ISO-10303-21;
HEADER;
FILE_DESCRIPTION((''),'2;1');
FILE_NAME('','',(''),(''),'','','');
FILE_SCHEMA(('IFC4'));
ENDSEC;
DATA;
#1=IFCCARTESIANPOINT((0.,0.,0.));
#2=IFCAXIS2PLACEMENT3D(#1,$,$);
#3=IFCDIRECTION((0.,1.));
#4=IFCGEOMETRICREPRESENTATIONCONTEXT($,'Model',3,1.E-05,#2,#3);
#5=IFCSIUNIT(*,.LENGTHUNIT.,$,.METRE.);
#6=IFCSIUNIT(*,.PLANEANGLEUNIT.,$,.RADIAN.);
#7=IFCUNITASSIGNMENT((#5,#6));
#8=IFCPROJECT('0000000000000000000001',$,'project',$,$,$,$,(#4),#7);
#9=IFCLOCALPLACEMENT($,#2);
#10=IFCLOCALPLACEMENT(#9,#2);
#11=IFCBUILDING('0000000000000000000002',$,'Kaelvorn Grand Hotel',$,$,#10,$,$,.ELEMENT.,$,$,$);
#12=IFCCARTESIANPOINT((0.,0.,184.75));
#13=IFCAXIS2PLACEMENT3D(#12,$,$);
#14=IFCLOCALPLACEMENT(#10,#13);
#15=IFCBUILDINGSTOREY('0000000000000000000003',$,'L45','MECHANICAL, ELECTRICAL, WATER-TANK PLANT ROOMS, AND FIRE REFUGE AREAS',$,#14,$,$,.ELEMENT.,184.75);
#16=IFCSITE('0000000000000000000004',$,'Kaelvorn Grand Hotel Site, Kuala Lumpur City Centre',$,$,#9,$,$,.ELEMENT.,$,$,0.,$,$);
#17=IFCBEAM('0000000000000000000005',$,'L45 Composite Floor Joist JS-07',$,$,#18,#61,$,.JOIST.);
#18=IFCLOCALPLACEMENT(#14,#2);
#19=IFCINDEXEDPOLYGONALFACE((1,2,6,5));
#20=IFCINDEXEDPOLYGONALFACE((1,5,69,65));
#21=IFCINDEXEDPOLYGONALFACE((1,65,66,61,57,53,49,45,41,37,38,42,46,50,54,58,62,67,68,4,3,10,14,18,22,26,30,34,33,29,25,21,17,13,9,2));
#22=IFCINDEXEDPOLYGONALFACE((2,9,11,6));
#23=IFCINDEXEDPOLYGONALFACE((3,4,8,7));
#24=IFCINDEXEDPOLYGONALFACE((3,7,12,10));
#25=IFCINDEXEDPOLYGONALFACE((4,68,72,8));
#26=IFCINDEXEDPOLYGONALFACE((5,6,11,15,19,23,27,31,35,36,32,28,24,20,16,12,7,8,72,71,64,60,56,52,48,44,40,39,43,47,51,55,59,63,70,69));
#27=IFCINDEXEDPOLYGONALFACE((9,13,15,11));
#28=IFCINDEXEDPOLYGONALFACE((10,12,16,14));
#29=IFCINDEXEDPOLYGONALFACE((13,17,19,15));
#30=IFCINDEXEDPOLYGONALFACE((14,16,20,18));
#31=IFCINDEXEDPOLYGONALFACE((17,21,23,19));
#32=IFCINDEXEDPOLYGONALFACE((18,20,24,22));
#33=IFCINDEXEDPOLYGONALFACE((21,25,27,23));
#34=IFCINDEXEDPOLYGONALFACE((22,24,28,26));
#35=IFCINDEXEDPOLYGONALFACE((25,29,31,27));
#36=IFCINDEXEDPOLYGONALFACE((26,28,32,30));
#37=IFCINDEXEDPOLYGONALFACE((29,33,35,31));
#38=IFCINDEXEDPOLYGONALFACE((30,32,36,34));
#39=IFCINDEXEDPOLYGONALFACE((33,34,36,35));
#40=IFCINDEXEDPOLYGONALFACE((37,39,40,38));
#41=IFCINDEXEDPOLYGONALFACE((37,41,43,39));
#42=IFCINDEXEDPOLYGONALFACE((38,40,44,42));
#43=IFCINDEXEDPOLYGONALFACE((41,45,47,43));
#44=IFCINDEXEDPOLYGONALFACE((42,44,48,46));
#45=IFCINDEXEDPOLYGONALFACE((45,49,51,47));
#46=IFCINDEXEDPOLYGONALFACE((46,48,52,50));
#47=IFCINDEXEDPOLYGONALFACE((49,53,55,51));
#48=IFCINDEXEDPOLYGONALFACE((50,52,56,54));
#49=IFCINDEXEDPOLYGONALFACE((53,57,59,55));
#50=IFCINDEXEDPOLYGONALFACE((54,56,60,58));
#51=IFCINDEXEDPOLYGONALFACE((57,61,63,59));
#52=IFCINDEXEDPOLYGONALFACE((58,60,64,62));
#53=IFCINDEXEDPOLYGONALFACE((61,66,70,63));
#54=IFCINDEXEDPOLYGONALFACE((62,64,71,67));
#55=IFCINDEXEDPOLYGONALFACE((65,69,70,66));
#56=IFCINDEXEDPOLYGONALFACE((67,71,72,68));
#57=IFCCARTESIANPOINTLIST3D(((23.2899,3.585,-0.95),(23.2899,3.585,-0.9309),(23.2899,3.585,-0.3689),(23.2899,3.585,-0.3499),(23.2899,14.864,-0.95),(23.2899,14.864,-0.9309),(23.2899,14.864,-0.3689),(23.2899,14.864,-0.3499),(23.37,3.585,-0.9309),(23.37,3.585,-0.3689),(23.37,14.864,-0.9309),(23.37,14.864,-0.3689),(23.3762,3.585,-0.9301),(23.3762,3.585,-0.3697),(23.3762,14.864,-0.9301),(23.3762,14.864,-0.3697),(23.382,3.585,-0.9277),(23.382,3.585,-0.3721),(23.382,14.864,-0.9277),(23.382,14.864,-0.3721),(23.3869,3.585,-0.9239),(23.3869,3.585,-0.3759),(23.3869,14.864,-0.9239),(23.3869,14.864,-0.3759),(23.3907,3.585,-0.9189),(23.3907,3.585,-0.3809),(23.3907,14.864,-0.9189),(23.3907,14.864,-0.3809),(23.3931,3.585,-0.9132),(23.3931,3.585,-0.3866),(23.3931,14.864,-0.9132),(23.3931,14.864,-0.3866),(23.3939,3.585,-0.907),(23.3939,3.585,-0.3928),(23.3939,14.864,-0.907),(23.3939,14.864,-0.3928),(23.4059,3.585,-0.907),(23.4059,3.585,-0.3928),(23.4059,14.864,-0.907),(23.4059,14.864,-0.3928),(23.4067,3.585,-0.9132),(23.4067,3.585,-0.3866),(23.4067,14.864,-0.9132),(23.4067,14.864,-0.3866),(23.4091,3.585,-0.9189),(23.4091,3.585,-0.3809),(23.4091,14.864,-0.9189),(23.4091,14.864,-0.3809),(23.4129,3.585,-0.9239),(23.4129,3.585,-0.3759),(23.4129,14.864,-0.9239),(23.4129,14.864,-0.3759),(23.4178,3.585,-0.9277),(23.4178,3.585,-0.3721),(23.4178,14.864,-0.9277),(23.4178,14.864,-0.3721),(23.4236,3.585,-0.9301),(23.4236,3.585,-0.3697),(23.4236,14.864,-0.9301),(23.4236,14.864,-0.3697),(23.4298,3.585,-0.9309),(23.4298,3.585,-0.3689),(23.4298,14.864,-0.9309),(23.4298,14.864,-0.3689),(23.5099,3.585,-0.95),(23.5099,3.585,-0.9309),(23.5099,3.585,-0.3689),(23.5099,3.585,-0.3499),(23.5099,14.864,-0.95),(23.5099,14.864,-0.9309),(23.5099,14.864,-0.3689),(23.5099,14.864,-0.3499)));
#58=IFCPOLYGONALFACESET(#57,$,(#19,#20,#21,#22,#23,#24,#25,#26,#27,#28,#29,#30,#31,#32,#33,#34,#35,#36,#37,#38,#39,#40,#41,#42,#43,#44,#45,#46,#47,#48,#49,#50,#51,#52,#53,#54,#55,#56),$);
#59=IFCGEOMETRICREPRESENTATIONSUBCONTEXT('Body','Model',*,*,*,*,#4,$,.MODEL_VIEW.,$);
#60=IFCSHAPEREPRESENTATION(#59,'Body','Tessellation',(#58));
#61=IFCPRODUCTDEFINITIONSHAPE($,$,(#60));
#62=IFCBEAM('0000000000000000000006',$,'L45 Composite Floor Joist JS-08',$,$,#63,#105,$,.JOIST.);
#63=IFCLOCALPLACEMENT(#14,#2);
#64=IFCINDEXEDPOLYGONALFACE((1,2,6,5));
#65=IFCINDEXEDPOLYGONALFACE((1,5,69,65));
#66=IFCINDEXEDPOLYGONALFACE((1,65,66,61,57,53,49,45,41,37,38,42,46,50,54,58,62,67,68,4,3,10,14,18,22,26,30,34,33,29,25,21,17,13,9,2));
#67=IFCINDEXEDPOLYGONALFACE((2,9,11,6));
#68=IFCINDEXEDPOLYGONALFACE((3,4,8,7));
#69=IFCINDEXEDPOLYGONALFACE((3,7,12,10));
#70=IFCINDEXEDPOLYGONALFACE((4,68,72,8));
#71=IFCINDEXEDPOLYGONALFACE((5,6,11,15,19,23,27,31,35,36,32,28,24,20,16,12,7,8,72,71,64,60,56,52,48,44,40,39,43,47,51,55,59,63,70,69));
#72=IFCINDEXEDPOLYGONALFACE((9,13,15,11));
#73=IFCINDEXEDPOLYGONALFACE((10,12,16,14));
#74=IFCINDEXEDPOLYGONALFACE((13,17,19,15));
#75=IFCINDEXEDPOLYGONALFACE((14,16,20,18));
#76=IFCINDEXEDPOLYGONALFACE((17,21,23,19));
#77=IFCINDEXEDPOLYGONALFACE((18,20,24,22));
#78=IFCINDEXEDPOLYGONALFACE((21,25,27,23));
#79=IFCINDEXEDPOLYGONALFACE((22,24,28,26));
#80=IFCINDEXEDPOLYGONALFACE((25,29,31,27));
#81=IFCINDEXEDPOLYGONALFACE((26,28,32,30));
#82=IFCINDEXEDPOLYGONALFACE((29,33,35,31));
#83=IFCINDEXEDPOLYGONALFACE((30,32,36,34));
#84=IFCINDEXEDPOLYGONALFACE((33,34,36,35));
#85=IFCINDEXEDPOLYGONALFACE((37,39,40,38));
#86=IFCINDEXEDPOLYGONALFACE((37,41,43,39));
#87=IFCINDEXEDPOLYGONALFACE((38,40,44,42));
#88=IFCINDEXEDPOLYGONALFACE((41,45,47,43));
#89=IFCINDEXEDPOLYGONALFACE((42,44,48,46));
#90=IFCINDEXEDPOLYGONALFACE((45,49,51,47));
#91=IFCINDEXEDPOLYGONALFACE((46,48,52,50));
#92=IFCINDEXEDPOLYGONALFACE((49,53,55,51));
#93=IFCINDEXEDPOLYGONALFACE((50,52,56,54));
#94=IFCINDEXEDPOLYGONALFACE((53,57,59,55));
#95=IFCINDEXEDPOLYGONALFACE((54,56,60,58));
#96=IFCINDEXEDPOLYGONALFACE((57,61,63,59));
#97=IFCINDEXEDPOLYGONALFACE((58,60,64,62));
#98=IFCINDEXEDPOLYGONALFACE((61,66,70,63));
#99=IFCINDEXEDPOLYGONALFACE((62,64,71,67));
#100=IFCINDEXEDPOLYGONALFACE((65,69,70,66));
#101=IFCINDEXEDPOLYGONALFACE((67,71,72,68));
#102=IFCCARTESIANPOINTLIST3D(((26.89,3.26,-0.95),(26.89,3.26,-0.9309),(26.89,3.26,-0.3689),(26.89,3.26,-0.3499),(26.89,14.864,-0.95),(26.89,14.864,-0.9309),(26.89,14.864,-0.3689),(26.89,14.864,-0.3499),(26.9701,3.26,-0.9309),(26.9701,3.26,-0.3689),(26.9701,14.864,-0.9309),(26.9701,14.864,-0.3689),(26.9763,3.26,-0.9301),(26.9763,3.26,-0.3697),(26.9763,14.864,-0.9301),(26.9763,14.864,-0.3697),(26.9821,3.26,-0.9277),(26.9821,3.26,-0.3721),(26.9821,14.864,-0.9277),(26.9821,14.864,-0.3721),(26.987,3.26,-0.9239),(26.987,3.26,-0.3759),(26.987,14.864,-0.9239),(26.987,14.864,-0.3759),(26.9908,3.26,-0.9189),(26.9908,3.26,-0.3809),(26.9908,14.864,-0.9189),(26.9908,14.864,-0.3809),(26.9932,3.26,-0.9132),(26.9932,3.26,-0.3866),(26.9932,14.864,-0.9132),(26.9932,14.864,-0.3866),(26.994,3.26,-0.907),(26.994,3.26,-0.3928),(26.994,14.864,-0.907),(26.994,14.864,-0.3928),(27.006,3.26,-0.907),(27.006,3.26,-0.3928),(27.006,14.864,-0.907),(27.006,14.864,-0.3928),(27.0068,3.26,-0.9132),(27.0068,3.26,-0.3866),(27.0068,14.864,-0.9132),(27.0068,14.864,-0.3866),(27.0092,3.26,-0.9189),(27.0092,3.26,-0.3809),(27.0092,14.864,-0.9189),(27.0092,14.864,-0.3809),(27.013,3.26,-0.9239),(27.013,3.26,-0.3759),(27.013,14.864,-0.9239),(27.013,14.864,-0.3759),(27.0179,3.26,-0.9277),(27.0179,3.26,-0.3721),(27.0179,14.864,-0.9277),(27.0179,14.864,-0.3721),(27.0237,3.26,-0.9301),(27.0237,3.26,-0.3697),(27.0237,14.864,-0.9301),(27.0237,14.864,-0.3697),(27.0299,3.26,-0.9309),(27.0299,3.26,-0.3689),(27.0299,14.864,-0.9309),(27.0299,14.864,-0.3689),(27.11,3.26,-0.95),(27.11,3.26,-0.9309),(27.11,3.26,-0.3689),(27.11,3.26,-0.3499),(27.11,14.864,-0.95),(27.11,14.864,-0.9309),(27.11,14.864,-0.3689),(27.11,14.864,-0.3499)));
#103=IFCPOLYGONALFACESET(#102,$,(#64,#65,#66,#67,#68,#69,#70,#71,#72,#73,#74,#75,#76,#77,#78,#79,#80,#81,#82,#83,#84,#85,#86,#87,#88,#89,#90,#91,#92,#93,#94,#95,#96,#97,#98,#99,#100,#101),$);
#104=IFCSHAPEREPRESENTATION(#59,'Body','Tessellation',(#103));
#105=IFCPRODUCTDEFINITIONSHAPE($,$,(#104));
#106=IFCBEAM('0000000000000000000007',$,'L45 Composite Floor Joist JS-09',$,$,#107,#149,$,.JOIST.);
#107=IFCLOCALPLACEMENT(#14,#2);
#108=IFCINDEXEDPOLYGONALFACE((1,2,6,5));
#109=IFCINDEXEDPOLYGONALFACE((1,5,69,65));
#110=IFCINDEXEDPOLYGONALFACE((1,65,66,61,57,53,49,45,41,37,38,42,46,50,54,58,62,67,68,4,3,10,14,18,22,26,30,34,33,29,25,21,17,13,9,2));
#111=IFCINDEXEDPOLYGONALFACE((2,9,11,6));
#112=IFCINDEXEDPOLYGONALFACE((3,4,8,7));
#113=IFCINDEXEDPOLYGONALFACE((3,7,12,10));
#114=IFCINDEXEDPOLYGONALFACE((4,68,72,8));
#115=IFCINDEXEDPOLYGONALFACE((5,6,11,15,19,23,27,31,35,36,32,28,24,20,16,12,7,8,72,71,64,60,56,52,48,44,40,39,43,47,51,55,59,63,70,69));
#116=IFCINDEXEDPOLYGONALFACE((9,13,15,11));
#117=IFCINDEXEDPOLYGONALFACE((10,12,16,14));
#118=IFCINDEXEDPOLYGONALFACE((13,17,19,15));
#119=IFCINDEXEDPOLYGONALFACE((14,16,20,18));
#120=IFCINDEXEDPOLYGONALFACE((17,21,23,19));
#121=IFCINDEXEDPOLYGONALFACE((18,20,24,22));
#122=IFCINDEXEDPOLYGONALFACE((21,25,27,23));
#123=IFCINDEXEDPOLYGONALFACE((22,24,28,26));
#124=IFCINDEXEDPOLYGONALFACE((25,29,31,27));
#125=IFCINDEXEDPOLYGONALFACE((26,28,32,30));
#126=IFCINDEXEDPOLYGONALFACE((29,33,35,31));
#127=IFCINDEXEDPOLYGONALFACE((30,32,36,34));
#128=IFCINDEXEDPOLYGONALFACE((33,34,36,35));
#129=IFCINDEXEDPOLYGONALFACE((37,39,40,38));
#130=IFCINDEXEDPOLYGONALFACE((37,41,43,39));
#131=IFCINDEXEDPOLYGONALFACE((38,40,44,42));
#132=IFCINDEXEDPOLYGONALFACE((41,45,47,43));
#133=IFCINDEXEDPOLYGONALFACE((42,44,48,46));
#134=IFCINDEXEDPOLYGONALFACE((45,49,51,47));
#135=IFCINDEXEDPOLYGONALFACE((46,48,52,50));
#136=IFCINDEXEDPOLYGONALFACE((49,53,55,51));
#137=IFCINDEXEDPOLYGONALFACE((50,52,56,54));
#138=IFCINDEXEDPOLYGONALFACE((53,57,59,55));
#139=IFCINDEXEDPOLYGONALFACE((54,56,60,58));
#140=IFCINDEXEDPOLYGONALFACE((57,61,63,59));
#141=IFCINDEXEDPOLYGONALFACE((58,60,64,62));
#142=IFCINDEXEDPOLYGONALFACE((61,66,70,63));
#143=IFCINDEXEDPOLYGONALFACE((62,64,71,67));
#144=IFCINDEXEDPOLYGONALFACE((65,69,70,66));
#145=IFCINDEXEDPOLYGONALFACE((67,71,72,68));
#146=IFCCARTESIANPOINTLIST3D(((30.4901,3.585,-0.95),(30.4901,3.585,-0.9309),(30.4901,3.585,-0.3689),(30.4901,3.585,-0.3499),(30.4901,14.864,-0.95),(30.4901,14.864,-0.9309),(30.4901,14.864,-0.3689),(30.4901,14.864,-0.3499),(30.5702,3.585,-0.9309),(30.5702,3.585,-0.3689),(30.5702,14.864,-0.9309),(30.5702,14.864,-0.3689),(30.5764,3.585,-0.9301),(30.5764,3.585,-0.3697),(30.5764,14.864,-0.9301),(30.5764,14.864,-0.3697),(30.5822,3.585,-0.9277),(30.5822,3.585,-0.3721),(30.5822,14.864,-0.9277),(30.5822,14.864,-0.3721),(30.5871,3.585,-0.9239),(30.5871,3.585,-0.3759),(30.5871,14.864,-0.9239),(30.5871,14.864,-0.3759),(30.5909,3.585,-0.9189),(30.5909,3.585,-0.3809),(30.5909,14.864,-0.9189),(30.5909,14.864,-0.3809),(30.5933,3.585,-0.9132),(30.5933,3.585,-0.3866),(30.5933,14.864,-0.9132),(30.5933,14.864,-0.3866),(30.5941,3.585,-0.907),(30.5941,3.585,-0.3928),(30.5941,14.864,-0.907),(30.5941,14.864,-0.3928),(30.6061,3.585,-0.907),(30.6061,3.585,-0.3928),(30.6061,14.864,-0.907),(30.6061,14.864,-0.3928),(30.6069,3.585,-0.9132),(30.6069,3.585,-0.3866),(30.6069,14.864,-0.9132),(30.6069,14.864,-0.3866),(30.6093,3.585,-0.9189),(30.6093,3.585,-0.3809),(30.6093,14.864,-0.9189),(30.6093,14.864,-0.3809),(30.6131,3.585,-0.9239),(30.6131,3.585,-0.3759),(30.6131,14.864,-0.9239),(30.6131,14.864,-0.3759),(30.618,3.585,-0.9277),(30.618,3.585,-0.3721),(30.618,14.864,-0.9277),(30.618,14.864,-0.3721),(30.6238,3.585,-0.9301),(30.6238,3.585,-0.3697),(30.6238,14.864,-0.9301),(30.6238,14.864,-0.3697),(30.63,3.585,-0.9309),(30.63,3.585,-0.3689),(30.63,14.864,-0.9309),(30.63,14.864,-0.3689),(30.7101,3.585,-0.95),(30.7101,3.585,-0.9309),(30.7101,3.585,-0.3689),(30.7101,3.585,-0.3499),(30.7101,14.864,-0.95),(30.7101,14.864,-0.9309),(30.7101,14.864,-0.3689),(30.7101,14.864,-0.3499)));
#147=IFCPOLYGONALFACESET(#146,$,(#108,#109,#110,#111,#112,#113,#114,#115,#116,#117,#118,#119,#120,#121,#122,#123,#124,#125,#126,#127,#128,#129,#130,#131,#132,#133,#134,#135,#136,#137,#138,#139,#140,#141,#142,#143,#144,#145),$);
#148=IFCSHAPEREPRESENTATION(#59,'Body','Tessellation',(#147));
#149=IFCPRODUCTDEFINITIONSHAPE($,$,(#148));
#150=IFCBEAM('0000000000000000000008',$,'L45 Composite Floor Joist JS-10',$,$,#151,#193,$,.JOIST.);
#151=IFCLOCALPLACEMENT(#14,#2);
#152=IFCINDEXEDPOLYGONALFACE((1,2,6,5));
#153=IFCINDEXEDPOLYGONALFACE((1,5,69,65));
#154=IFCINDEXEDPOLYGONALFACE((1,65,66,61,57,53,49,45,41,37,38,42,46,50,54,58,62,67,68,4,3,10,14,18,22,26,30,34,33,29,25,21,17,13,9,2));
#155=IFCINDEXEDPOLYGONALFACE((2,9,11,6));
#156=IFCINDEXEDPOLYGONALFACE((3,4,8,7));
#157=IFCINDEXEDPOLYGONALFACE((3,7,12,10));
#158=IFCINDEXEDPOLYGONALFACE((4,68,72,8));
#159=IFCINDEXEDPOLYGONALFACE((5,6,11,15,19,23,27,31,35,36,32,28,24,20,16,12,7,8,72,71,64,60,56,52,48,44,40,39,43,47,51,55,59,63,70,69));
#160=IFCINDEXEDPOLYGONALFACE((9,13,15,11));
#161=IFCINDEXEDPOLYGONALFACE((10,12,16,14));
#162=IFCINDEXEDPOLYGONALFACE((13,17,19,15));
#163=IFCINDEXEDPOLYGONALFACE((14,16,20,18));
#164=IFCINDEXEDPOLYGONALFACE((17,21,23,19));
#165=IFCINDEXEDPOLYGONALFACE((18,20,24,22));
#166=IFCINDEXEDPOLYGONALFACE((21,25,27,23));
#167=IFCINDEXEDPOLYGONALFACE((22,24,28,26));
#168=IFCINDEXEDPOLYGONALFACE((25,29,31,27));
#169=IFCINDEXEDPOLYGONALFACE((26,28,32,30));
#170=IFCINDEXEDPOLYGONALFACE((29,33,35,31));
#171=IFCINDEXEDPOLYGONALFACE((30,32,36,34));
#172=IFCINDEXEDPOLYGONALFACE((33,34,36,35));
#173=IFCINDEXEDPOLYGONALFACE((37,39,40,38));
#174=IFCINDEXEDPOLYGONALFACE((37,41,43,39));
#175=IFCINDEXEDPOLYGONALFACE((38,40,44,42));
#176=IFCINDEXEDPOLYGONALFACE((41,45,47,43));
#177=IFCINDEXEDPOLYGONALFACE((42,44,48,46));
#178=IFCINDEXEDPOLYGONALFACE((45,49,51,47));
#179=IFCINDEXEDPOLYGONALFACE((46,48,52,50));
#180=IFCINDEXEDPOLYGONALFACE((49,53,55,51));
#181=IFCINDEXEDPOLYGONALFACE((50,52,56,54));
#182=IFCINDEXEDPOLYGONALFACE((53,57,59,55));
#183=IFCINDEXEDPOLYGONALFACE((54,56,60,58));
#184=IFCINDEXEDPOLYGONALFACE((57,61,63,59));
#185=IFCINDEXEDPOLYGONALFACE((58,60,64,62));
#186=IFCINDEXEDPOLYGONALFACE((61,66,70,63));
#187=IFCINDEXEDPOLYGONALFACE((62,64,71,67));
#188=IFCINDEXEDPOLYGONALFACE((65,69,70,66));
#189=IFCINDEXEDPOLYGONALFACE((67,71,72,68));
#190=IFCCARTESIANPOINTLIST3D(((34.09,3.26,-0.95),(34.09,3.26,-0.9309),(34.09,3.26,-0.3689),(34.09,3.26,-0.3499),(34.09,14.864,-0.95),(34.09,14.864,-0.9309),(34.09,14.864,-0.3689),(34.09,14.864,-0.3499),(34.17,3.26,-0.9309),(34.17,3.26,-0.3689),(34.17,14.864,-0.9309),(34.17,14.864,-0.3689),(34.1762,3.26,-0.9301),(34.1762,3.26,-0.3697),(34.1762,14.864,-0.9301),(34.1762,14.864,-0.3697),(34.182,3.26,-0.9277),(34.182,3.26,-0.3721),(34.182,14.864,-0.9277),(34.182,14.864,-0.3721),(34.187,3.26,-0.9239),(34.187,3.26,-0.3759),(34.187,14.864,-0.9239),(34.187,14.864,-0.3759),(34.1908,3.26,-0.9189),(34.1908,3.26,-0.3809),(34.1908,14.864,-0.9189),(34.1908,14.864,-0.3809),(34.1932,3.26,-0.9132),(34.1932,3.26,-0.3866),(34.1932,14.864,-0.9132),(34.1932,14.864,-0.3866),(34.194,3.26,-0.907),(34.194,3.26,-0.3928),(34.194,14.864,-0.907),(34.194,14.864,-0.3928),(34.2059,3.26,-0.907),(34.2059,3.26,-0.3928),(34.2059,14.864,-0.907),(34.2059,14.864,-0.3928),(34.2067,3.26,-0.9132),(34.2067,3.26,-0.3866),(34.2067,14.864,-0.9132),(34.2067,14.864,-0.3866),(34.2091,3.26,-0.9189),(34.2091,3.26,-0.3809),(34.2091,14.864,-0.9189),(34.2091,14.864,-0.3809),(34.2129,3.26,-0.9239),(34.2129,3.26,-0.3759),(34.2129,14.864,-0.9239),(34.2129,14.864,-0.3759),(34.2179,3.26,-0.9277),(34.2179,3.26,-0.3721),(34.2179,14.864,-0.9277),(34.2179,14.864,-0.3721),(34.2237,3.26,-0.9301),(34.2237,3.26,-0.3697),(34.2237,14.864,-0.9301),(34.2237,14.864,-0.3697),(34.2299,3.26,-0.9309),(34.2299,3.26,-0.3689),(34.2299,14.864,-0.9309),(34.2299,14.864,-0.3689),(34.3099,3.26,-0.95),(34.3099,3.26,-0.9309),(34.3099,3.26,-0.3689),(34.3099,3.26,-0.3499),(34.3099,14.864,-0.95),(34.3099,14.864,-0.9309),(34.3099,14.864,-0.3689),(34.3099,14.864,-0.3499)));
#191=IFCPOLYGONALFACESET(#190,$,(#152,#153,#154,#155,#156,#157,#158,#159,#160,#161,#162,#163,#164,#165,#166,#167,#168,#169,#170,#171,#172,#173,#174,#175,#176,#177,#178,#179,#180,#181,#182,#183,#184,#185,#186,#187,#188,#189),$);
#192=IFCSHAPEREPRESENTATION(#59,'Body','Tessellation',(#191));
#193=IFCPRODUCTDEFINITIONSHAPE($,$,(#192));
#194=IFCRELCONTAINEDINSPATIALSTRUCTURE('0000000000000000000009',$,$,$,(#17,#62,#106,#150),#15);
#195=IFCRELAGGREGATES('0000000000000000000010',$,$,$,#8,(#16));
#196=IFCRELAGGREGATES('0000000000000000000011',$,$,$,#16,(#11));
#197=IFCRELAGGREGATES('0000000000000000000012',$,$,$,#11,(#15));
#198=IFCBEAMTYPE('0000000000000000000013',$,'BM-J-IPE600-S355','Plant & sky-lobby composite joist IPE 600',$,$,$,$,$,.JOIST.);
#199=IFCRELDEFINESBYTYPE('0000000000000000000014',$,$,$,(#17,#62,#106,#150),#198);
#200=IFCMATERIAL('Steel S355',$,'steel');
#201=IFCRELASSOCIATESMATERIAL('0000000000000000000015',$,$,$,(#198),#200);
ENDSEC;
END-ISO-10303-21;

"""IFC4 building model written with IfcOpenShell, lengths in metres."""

from ifc_helpers import new_model, si_unit, direction, frame, origin, origin_2d, place, context, subcontext, project, spatial, i_section, extrude, material, material_profile, profile_set, type_object, element, save


model = new_model("IFC4")

# Units and contexts
model_context = context("Model", 3, precision=1e-05, world=origin(), true_north=direction((0.0, 1.0)))
body_context = subcontext(model_context, "Body", "Model", "MODEL_VIEW")
ifc_project = project(units=[si_unit("LENGTHUNIT", "METRE"), si_unit("PLANEANGLEUNIT", "RADIAN")], contexts=[model_context])

# Site, building, storey
site_placement = place(None, origin())
site = spatial("IfcSite", under=ifc_project, at=site_placement, Name="Kaelvorn Grand Hotel Site, Kuala Lumpur City Centre", CompositionType="ELEMENT", RefElevation=0.0)
building_placement = place(site_placement, origin())
building = spatial("IfcBuilding", under=site, at=building_placement, Name="Kaelvorn Grand Hotel", CompositionType="ELEMENT")
storey_placement = place(building_placement, frame((0.0, 0.0, 184.75)))
storey = spatial("IfcBuildingStorey", under=building, at=storey_placement, Name="L45", Description="MECHANICAL, ELECTRICAL, WATER-TANK PLANT ROOMS, AND FIRE REFUGE AREAS", CompositionType="ELEMENT", Elevation=184.75)

# Beams
ifc_material_1 = material(Name="Steel S355", Category="steel")
ifc_material_profile_1 = material_profile(ifc_material_1, i_section(OverallWidth=0.22, OverallDepth=0.6001, WebThickness=0.012, FlangeThickness=0.019, FilletRadius=0.0239, at=origin_2d()), Name="IPE 600")
ifc_profile_set_1 = profile_set([ifc_material_profile_1], Name="Steel S355")
beam_type_1 = type_object("IfcBeamType", Name="BM-J-IPE600-S355", Description="Plant & sky-lobby composite joist IPE 600", PredefinedType="JOIST", material=ifc_profile_set_1)
beam_1_placement = place(storey_placement, frame((23.3999, 3.585, -0.6499), z_axis=(0.0, 1.0, 0.0), x_axis=(-1.0, 0.0, 0.0)))
element("IfcBeam", 1, at=beam_1_placement, inside=storey, type_object=beam_type_1, Name="L45 Composite Floor Joist JS-07", PredefinedType="JOIST", context=body_context, shape_type="SweptSolid", body=[
    extrude(i_section(OverallWidth=0.22, OverallDepth=0.6001, WebThickness=0.012, FlangeThickness=0.019, FilletRadius=0.0239, at=origin_2d()), origin(), (0.0, 0.0, 1.0), 11.2791),
])
beam_2_placement = place(storey_placement, frame((27.0, 3.26, -0.6499), z_axis=(0.0, 1.0, 0.0), x_axis=(-1.0, 0.0, 0.0)))
element("IfcBeam", 2, at=beam_2_placement, inside=storey, type_object=beam_type_1, Name="L45 Composite Floor Joist JS-08", PredefinedType="JOIST", context=body_context, shape_type="SweptSolid", body=[
    extrude(i_section(OverallWidth=0.22, OverallDepth=0.6001, WebThickness=0.012, FlangeThickness=0.019, FilletRadius=0.0239, at=origin_2d()), origin(), (0.0, 0.0, 1.0), 11.604),
])
beam_3_placement = place(storey_placement, frame((30.6001, 3.585, -0.6499), z_axis=(0.0, 1.0, 0.0), x_axis=(-1.0, 0.0, 0.0)))
element("IfcBeam", 3, at=beam_3_placement, inside=storey, type_object=beam_type_1, Name="L45 Composite Floor Joist JS-09", PredefinedType="JOIST", context=body_context, shape_type="SweptSolid", body=[
    extrude(i_section(OverallWidth=0.22, OverallDepth=0.6001, WebThickness=0.012, FlangeThickness=0.019, FilletRadius=0.0239, at=origin_2d()), origin(), (0.0, 0.0, 1.0), 11.2791),
])
beam_4_placement = place(storey_placement, frame((34.2, 3.26, -0.6499), z_axis=(0.0, 1.0, 0.0), x_axis=(-1.0, 0.0, 0.0)))
element("IfcBeam", 4, at=beam_4_placement, inside=storey, type_object=beam_type_1, Name="L45 Composite Floor Joist JS-10", PredefinedType="JOIST", context=body_context, shape_type="SweptSolid", body=[
    extrude(i_section(OverallWidth=0.22, OverallDepth=0.6001, WebThickness=0.012, FlangeThickness=0.019, FilletRadius=0.0239, at=origin_2d()), origin(), (0.0, 0.0, 1.0), 11.604),
])

save(model, "model.ifc")
